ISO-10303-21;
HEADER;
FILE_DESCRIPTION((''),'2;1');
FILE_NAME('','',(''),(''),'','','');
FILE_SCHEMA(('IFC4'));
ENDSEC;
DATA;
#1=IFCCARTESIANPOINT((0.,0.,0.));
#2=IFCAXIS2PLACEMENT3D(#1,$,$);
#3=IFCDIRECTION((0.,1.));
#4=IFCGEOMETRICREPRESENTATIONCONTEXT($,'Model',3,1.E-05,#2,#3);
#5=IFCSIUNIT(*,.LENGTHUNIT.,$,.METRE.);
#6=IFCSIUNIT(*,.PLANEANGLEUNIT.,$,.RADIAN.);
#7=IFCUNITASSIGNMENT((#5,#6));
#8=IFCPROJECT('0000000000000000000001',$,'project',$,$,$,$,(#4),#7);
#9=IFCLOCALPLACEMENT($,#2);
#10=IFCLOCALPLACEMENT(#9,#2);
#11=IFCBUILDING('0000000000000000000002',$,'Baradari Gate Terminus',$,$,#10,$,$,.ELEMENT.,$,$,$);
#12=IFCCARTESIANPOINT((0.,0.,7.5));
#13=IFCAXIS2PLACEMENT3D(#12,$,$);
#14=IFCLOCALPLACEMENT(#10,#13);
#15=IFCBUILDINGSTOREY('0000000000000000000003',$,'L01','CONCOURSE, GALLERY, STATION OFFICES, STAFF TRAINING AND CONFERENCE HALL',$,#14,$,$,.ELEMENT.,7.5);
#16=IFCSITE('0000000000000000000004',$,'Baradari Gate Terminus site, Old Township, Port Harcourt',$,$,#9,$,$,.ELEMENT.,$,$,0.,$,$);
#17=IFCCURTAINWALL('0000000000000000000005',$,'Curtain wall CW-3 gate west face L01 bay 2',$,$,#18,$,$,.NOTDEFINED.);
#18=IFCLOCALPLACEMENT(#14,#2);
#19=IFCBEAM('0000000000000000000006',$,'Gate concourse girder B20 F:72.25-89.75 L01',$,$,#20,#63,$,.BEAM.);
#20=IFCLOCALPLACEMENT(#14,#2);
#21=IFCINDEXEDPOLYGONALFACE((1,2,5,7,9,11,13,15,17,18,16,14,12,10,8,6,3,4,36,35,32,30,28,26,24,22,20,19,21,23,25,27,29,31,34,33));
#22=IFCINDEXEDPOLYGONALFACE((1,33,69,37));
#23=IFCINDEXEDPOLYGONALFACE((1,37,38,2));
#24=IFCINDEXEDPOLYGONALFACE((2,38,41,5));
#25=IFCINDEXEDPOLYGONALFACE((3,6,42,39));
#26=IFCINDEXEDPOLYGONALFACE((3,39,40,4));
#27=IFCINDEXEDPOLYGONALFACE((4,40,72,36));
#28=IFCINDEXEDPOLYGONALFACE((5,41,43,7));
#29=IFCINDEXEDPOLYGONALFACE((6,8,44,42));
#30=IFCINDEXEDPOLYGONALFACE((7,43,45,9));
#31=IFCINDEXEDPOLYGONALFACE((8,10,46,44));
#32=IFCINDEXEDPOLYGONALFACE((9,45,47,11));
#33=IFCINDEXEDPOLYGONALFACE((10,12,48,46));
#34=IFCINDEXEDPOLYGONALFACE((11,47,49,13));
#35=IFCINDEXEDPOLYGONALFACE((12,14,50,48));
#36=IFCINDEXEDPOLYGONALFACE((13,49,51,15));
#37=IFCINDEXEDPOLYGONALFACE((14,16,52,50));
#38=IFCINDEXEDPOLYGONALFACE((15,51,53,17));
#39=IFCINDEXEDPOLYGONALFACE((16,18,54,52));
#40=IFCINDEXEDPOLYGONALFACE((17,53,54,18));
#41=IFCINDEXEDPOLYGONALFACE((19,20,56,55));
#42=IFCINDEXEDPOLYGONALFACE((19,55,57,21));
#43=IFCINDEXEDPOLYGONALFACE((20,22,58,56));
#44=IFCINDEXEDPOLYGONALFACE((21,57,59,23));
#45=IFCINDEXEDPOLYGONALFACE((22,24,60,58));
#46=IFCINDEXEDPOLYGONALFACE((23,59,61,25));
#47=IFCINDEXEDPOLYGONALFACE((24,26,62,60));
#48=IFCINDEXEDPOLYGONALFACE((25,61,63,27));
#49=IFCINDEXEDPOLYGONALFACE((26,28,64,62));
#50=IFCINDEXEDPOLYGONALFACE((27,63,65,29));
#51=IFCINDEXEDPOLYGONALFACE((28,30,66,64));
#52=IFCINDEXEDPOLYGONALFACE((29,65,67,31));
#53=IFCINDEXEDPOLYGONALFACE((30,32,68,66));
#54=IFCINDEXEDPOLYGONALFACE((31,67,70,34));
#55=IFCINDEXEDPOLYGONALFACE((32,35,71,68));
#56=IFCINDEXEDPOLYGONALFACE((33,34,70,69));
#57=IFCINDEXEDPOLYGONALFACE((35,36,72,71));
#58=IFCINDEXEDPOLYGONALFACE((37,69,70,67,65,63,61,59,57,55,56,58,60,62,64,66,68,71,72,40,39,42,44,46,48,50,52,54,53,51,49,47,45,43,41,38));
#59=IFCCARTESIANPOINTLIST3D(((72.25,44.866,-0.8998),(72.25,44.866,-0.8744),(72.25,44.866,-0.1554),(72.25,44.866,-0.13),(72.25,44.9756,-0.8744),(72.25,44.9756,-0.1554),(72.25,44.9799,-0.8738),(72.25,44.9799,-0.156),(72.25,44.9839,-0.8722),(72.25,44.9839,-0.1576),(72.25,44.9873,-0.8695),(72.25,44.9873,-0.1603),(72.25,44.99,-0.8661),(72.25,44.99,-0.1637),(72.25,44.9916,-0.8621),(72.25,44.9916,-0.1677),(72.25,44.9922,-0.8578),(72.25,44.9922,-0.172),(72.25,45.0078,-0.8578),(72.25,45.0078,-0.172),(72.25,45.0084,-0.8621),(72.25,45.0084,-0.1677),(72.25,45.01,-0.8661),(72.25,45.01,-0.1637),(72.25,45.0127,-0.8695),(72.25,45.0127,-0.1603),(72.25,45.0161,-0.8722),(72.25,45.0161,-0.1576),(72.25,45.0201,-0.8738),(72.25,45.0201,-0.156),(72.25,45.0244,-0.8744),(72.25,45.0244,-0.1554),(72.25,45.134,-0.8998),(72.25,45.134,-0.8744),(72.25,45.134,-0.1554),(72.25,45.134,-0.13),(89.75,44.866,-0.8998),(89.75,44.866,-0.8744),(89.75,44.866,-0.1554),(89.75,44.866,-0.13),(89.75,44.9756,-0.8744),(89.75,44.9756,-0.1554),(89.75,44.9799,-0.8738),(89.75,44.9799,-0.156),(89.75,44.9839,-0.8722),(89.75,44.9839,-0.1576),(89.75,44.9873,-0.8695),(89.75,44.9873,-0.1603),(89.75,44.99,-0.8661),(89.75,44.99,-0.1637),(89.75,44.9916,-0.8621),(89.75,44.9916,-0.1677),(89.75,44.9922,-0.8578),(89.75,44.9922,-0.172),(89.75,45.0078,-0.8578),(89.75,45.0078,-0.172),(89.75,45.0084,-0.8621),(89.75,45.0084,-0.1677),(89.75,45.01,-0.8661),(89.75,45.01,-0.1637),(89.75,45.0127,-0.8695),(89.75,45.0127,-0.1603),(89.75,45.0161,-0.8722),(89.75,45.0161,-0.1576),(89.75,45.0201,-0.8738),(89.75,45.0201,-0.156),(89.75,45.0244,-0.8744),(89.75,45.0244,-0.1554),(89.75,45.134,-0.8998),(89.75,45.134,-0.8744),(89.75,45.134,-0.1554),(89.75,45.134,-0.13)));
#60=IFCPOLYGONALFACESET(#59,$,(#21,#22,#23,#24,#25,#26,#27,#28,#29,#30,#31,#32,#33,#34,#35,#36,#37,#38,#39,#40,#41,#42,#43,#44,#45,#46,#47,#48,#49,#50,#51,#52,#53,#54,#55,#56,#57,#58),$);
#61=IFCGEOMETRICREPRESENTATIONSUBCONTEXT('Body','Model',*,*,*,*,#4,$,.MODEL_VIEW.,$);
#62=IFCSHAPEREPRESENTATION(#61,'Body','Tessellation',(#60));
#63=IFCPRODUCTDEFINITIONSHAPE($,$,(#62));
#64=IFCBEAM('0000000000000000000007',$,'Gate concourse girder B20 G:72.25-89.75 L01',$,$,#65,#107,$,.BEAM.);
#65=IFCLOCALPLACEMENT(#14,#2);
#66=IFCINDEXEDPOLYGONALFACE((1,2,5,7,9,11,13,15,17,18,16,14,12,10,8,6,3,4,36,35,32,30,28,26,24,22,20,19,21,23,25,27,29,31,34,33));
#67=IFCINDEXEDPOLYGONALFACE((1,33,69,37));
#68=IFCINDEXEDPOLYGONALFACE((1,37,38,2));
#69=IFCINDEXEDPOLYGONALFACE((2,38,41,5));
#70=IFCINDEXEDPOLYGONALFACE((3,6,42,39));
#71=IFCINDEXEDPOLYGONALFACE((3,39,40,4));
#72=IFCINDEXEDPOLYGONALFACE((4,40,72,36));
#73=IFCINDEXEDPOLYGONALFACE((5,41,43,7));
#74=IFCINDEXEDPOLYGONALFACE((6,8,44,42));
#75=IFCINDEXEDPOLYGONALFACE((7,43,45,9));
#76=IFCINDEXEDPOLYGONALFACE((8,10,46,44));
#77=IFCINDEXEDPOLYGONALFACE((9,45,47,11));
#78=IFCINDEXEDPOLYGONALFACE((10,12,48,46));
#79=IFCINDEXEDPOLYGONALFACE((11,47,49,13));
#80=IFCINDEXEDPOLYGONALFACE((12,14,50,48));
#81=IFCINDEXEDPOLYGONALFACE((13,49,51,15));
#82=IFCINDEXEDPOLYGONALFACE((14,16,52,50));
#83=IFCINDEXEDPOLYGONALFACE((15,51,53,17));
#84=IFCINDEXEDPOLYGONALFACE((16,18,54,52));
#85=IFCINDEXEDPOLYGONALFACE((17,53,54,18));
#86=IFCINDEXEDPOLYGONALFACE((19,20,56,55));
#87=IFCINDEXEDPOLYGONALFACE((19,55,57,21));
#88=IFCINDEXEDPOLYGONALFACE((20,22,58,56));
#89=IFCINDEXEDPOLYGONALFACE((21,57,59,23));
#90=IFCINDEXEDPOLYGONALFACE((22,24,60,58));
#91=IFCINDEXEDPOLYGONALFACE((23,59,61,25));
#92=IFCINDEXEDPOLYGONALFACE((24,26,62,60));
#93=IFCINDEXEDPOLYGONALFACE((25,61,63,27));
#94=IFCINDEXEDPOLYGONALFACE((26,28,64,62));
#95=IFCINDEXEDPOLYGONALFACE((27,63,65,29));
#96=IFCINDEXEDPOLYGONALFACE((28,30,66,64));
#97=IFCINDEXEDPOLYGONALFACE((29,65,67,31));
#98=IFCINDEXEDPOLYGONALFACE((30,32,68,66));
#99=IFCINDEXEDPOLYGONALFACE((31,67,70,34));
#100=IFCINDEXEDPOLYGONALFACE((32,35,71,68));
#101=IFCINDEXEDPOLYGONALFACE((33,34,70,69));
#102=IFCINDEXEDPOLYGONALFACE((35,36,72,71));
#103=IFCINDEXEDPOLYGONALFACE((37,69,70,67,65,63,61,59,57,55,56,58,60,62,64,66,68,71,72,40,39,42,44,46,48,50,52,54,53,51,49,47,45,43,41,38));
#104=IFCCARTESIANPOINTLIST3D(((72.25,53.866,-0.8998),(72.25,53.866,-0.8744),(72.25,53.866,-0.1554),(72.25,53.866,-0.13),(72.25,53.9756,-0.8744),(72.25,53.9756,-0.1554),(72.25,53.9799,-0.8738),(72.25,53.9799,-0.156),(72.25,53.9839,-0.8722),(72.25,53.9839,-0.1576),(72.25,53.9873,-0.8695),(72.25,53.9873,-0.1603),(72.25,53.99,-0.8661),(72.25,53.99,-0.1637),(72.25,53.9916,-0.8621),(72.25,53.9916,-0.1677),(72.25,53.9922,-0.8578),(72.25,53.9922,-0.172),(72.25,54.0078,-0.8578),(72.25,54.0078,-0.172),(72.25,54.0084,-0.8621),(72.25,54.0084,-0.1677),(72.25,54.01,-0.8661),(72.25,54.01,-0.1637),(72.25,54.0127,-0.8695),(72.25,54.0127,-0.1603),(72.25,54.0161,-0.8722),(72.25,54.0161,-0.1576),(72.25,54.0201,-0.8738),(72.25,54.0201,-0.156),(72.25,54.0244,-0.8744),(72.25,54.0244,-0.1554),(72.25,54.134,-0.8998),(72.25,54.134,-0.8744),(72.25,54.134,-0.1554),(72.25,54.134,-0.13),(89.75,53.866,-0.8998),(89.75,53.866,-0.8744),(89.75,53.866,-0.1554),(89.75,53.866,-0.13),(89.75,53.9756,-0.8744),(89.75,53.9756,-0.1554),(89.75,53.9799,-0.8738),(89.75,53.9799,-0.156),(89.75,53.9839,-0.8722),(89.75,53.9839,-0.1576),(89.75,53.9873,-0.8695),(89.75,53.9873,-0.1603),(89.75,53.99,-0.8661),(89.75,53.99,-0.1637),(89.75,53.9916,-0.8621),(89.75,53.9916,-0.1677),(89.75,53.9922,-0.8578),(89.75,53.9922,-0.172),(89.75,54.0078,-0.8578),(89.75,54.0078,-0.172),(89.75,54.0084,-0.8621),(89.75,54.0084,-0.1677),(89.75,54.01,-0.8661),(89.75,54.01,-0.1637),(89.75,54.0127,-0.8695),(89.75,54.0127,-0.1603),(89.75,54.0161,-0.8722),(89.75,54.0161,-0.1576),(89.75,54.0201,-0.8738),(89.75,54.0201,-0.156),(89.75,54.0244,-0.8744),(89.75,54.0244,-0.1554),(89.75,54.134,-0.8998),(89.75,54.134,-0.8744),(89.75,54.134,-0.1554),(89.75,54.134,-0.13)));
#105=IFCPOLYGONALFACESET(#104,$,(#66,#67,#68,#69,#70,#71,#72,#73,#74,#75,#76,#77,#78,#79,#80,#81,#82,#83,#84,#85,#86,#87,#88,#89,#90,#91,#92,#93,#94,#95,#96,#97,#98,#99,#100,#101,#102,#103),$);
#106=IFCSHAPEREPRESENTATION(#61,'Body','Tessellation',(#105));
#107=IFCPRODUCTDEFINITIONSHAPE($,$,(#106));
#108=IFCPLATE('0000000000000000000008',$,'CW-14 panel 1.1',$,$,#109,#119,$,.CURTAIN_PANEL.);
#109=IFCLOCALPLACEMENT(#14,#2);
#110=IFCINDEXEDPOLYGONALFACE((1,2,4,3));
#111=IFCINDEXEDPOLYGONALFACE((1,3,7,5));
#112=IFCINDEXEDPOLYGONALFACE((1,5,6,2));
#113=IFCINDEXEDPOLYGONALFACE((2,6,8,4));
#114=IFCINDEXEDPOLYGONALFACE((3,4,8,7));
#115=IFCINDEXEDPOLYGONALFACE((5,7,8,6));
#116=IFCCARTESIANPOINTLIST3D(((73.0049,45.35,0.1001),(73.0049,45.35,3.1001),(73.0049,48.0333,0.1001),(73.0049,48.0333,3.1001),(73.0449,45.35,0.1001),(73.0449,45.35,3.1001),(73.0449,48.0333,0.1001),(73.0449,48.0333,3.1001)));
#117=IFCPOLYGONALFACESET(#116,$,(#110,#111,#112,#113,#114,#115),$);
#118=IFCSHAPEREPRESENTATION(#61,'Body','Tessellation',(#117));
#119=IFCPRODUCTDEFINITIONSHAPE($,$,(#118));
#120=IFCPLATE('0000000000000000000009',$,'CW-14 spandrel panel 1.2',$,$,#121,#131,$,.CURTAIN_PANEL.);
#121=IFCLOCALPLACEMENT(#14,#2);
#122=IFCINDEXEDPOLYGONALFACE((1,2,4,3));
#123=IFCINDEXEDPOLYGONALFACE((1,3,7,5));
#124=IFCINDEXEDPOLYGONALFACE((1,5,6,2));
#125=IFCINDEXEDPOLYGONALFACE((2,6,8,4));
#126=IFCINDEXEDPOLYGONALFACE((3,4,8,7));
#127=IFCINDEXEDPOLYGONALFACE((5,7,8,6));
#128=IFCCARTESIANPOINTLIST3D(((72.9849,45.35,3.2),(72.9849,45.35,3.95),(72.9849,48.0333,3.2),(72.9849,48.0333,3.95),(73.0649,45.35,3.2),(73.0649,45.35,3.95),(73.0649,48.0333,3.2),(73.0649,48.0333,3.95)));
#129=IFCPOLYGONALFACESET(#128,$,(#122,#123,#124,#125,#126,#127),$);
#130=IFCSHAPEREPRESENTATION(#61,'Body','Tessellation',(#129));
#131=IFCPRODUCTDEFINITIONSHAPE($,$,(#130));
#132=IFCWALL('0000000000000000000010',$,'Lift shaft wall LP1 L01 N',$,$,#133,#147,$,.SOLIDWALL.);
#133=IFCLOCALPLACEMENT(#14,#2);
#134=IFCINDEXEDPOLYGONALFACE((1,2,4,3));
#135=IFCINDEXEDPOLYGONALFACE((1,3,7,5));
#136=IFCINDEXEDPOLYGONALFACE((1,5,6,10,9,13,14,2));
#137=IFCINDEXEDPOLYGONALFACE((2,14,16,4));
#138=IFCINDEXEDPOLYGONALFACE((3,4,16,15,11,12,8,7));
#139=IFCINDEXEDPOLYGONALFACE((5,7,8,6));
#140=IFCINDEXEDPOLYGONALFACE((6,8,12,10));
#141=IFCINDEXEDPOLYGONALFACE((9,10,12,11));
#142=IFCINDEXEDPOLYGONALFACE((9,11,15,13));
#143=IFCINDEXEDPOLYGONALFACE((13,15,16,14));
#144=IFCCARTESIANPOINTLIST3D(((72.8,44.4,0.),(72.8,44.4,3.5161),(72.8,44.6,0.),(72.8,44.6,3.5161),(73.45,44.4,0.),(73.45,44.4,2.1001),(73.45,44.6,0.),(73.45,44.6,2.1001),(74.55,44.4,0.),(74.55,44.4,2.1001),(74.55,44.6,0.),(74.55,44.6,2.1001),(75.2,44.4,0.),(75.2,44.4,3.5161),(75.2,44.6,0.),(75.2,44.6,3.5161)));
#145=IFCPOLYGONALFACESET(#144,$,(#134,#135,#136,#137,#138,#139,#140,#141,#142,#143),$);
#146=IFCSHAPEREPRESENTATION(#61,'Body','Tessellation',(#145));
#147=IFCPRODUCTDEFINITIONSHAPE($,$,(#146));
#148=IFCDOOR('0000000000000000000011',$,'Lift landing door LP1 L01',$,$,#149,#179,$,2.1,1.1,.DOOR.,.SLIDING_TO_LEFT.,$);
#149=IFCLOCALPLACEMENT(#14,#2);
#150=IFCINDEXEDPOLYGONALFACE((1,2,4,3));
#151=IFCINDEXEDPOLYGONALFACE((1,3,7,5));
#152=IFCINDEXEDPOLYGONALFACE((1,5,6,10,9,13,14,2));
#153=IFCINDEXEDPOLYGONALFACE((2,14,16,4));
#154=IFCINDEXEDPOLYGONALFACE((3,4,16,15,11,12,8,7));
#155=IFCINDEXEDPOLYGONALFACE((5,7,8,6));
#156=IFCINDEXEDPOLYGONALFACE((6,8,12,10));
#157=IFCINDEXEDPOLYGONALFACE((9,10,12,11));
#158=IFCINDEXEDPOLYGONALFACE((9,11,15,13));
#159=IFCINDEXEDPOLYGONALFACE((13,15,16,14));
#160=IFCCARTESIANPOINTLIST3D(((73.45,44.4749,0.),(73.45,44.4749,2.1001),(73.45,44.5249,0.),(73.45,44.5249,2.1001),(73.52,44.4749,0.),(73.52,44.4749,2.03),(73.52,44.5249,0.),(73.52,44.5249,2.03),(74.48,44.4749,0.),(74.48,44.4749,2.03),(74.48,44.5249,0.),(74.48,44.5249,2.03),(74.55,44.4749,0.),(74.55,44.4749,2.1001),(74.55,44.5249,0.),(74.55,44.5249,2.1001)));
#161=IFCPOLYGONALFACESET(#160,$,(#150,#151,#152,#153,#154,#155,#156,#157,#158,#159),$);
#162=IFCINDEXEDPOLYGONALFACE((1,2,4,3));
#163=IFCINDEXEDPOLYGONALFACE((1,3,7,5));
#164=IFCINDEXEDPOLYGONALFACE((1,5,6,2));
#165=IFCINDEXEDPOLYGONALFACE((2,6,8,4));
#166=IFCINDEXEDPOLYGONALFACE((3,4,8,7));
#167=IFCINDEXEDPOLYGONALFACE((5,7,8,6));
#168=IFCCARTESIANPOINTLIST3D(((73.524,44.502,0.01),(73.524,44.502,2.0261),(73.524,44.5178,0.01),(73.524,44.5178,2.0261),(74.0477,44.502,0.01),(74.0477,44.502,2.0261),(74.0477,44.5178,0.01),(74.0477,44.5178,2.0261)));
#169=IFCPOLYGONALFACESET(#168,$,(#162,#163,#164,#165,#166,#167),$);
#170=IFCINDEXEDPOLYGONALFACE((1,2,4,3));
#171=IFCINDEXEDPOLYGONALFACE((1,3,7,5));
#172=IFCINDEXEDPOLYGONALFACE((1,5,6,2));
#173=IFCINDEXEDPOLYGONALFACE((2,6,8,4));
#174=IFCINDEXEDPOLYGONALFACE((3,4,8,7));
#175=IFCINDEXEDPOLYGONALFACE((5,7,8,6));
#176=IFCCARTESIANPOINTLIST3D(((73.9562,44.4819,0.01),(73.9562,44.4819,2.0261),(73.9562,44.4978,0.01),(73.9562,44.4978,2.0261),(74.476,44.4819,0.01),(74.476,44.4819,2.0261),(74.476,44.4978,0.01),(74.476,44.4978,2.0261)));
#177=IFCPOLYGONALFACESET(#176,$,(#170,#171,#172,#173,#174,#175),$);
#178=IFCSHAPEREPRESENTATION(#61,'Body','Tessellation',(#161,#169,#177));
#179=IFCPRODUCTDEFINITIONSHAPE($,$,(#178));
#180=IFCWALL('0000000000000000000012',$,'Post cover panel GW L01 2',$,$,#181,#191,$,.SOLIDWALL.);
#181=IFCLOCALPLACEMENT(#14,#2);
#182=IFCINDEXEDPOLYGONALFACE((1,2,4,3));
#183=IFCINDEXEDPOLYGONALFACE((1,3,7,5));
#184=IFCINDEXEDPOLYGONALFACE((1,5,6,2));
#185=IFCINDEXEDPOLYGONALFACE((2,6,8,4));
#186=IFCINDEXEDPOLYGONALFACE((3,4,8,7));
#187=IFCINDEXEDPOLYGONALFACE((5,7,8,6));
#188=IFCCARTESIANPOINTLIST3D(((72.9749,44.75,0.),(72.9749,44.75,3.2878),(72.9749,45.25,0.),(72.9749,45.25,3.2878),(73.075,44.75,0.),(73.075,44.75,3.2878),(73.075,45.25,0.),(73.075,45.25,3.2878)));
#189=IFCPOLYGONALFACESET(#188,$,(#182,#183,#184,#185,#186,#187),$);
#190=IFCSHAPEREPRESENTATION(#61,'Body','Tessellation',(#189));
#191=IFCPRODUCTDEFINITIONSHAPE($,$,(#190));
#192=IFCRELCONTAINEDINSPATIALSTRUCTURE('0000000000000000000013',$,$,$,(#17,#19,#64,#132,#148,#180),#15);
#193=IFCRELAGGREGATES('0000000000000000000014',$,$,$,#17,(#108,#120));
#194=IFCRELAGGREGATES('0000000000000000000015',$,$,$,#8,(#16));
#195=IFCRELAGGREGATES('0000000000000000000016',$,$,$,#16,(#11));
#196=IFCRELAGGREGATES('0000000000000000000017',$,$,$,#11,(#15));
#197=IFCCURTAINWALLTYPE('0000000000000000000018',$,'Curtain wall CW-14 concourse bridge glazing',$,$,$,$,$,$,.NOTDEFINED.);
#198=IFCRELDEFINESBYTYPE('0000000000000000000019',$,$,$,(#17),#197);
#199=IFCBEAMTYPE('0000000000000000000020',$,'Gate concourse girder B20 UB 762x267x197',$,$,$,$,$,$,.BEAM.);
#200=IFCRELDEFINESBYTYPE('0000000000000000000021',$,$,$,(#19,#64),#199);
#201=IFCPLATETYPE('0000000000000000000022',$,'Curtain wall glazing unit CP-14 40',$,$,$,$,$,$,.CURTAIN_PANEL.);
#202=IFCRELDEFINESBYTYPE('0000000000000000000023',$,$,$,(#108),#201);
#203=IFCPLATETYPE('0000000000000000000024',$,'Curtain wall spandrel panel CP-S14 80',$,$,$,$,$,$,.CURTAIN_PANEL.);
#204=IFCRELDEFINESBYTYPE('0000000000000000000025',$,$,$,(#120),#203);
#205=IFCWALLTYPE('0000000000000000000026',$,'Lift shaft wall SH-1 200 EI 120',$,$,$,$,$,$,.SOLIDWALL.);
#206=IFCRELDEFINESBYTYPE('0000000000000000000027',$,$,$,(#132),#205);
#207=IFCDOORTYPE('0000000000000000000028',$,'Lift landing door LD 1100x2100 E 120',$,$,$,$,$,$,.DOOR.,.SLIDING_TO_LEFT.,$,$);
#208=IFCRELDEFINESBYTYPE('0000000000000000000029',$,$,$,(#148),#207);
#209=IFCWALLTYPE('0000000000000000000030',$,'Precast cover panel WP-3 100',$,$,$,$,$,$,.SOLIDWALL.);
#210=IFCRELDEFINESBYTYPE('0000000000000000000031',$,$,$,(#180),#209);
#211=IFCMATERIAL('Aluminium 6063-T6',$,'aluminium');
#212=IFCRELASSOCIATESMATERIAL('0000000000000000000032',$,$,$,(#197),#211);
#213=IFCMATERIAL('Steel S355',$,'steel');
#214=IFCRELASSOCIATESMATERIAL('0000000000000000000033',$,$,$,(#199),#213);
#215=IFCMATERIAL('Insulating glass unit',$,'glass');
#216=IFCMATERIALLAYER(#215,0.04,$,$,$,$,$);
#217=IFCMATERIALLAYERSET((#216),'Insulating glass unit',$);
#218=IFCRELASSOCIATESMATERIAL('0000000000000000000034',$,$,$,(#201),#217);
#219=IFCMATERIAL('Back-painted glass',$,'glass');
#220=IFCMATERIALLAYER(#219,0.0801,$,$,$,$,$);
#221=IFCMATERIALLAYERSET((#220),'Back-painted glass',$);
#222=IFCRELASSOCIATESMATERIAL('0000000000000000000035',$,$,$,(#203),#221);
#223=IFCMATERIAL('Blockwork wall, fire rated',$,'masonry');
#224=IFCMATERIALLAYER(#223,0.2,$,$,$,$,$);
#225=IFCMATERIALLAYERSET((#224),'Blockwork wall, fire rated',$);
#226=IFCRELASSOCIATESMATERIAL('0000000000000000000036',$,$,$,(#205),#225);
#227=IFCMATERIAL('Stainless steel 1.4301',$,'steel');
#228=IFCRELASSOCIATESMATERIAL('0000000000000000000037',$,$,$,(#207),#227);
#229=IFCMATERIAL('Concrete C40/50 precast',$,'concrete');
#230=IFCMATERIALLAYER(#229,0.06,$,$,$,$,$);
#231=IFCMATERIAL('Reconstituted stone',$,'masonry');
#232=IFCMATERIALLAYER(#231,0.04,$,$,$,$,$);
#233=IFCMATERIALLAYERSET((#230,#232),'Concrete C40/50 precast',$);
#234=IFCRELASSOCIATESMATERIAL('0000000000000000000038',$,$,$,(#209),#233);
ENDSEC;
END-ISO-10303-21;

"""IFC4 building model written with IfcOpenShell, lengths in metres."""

from ifc_helpers import new_model, si_unit, direction, frame, frame_2d, origin, origin_2d, place, context, subcontext, project, spatial, polyline, rectangle, i_section, outline, extrude, material, layer, layer_set, material_profile, profile_set, type_object, element, fill, aggregate, save


model = new_model("IFC4")

# Units and contexts
model_context = context("Model", 3, precision=1e-05, world=origin(), true_north=direction((0.0, 1.0)))
body_context = subcontext(model_context, "Body", "Model", "MODEL_VIEW")
ifc_project = project(units=[si_unit("LENGTHUNIT", "METRE"), si_unit("PLANEANGLEUNIT", "RADIAN")], contexts=[model_context])

# Site, building, storey
site_placement = place(None, origin())
site = spatial("IfcSite", under=ifc_project, at=site_placement, Name="Baradari Gate Terminus site, Old Township, Port Harcourt", CompositionType="ELEMENT", RefElevation=0.0)
building_placement = place(site_placement, origin())
building = spatial("IfcBuilding", under=site, at=building_placement, Name="Baradari Gate Terminus", CompositionType="ELEMENT")
storey_placement = place(building_placement, frame((0.0, 0.0, 7.5)))
storey = spatial("IfcBuildingStorey", under=building, at=storey_placement, Name="L01", Description="CONCOURSE, GALLERY, STATION OFFICES, STAFF TRAINING AND CONFERENCE HALL", CompositionType="ELEMENT", Elevation=7.5)

# Shared definitions
ifc_material_1 = material(Name="Aluminium 6063-T6", Category="aluminium")
curtain_wall_type = type_object("IfcCurtainWallType", Name="Curtain wall CW-14 concourse bridge glazing", PredefinedType="NOTDEFINED", material=ifc_material_1)

# Curtain wall
curtain_wall_1_placement = place(storey_placement, origin())
curtain_wall_1 = element("IfcCurtainWall", 1, at=curtain_wall_1_placement, inside=storey, type_object=curtain_wall_type, Name="Curtain wall CW-3 gate west face L01 bay 2", PredefinedType="NOTDEFINED")

# Beams
ifc_material_2 = material(Name="Steel S355", Category="steel")
ifc_material_profile_1 = material_profile(ifc_material_2, i_section(OverallWidth=0.2681, OverallDepth=0.7698, WebThickness=0.0156, FlangeThickness=0.0254, FilletRadius=0.0166, at=origin_2d()), Name="UB 762x267x197")
ifc_profile_set_1 = profile_set([ifc_material_profile_1], Name="Steel S355")
beam_type_1 = type_object("IfcBeamType", Name="Gate concourse girder B20 UB 762x267x197", PredefinedType="BEAM", material=ifc_profile_set_1)
for number, where, z_axis, x_axis, name in (
    (2, (72.25, 45.0, -0.5149), (1.0, 0.0, 0.0), (0.0, 1.0, 0.0), "Gate concourse girder B20 F:72.25-89.75 L01"),
    (3, (72.25, 54.0, -0.5149), (1.0, 0.0, 0.0), (0.0, 1.0, 0.0), "Gate concourse girder B20 G:72.25-89.75 L01"),
):
    element("IfcBeam", number, at=place(storey_placement, frame(where, z_axis=z_axis, x_axis=x_axis)), inside=storey, type_object=beam_type_1, Name=name, PredefinedType="BEAM", context=body_context, shape_type="SweptSolid", body=[
        extrude(i_section(OverallWidth=0.2681, OverallDepth=0.7698, WebThickness=0.0156, FlangeThickness=0.0254, FilletRadius=0.0166, at=origin_2d()), origin(), (0.0, 0.0, 1.0), 17.5),
    ])

# Plates
ifc_material_3 = material(Name="Insulating glass unit", Category="glass")
ifc_layer_1 = layer(ifc_material_3, 0.04)
ifc_layer_set_1 = layer_set([ifc_layer_1], Name="Insulating glass unit")
plate_type_1 = type_object("IfcPlateType", Name="Curtain wall glazing unit CP-14 40", PredefinedType="CURTAIN_PANEL", material=ifc_layer_set_1)
plate_1_placement = place(storey_placement, frame((73.0249, 46.6917, 0.1001), z_axis=(0.0, 0.0, 1.0), x_axis=(0.0, 1.0, 0.0)))
plate_1 = element("IfcPlate", 4, at=plate_1_placement, type_object=plate_type_1, Name="CW-14 panel 1.1", PredefinedType="CURTAIN_PANEL", context=body_context, shape_type="SweptSolid", body=[
    extrude(rectangle(XDim=2.6833, YDim=0.04, at=origin_2d()), origin(), (0.0, 0.0, 1.0), 3.0),
])
ifc_material_4 = material(Name="Back-painted glass", Category="glass")
ifc_layer_2 = layer(ifc_material_4, 0.0801)
ifc_layer_set_2 = layer_set([ifc_layer_2], Name="Back-painted glass")
plate_type_2 = type_object("IfcPlateType", Name="Curtain wall spandrel panel CP-S14 80", PredefinedType="CURTAIN_PANEL", material=ifc_layer_set_2)
plate_2_placement = place(storey_placement, frame((73.0249, 46.6917, 3.2), z_axis=(0.0, 0.0, 1.0), x_axis=(0.0, 1.0, 0.0)))
plate_2 = element("IfcPlate", 5, at=plate_2_placement, type_object=plate_type_2, Name="CW-14 spandrel panel 1.2", PredefinedType="CURTAIN_PANEL", context=body_context, shape_type="SweptSolid", body=[
    extrude(rectangle(XDim=2.6833, YDim=0.0801, at=origin_2d()), origin(), (0.0, 0.0, 1.0), 0.75),
])
aggregate(curtain_wall_1, [plate_1, plate_2])

# Wall, opening, door
ifc_material_5 = material(Name="Blockwork wall, fire rated", Category="masonry")
ifc_layer_3 = layer(ifc_material_5, 0.2)
ifc_layer_set_3 = layer_set([ifc_layer_3], Name="Blockwork wall, fire rated")
wall_type_1 = type_object("IfcWallType", Name="Lift shaft wall SH-1 200 EI 120", PredefinedType="SOLIDWALL", material=ifc_layer_set_3)
wall_1_placement = place(storey_placement, frame((72.8, 44.5, 0.0), z_axis=(0.0, 0.0, 1.0), x_axis=(1.0, 0.0, 0.0)))
wall_1 = element("IfcWall", 6, at=wall_1_placement, inside=storey, type_object=wall_type_1, Name="Lift shaft wall LP1 L01 N", PredefinedType="SOLIDWALL", context=body_context, shape_type="SweptSolid", body=[
    extrude(rectangle(XDim=2.3999, YDim=0.2, at=frame_2d((1.2, 0.0))), origin(), (0.0, 0.0, 1.0), 3.5161),
])
opening_placement = place(wall_1_placement, frame((0.6499, 0.0, 0.0)))
opening = element("IfcOpeningElement", 7, at=opening_placement, cuts=wall_1, PredefinedType="OPENING", context=body_context, shape_type="SweptSolid", body=[
    extrude(rectangle(XDim=1.1001, YDim=2.1001, at=frame_2d((0.55, 1.05))), frame((0.0, 0.1099, 0.0), z_axis=(0.0, -1.0, 0.0), x_axis=(1.0, 0.0, 0.0)), (0.0, 0.0, 1.0), 0.22),
])
ifc_material_6 = material(Name="Stainless steel 1.4301", Category="steel")
door_type = type_object("IfcDoorType", Name="Lift landing door LD 1100x2100 E 120", OperationType="SLIDING_TO_LEFT", PredefinedType="DOOR", material=ifc_material_6)
door_placement = place(opening_placement, origin())
door = element("IfcDoor", 8, at=door_placement, inside=storey, type_object=door_type, Name="Lift landing door LP1 L01", OperationType="SLIDING_TO_LEFT", OverallHeight=2.1, OverallWidth=1.1, PredefinedType="DOOR", context=body_context, shape_type="SweptSolid", body=[
    extrude(outline(polyline([(0.0, 0.0), (0.0701, 0.0), (0.0701, 2.03), (1.03, 2.03), (1.03, 0.0), (1.1001, 0.0), (1.1001, 2.1001), (0.0, 2.1001), (0.0, 0.0)])), frame((0.0, 0.0249, 0.0), z_axis=(0.0, -1.0, 0.0), x_axis=(1.0, 0.0, 0.0)), (0.0, 0.0, 1.0), 0.05),
    extrude(rectangle(XDim=0.5237, YDim=2.0161, at=frame_2d((0.3359, 1.0181))), frame((0.0, 0.0178, 0.0), z_axis=(0.0, -1.0, 0.0), x_axis=(1.0, 0.0, 0.0)), (0.0, 0.0, 1.0), 0.0159),
    extrude(rectangle(XDim=0.5198, YDim=2.0161, at=frame_2d((0.7661, 1.0181))), frame((0.0, -0.0022, 0.0), z_axis=(0.0, -1.0, 0.0), x_axis=(1.0, 0.0, 0.0)), (0.0, 0.0, 1.0), 0.0159),
])
fill(opening, door)

# Wall
ifc_material_7 = material(Name="Concrete C40/50 precast", Category="concrete")
ifc_layer_4 = layer(ifc_material_7, 0.06)
ifc_material_8 = material(Name="Reconstituted stone", Category="masonry")
ifc_layer_5 = layer(ifc_material_8, 0.04)
ifc_layer_set_4 = layer_set([ifc_layer_4, ifc_layer_5], Name="Concrete C40/50 precast")
wall_type_2 = type_object("IfcWallType", Name="Precast cover panel WP-3 100", PredefinedType="SOLIDWALL", material=ifc_layer_set_4)
wall_2_placement = place(storey_placement, frame((73.0249, 44.75, 0.0), z_axis=(0.0, 0.0, 1.0), x_axis=(0.0, 1.0, 0.0)))
element("IfcWall", 9, at=wall_2_placement, inside=storey, type_object=wall_type_2, Name="Post cover panel GW L01 2", PredefinedType="SOLIDWALL", context=body_context, shape_type="SweptSolid", body=[
    extrude(rectangle(XDim=0.5, YDim=0.1001, at=frame_2d((0.25, 0.0))), origin(), (0.0, 0.0, 1.0), 3.2878),
])

save(model, "model.ifc")
